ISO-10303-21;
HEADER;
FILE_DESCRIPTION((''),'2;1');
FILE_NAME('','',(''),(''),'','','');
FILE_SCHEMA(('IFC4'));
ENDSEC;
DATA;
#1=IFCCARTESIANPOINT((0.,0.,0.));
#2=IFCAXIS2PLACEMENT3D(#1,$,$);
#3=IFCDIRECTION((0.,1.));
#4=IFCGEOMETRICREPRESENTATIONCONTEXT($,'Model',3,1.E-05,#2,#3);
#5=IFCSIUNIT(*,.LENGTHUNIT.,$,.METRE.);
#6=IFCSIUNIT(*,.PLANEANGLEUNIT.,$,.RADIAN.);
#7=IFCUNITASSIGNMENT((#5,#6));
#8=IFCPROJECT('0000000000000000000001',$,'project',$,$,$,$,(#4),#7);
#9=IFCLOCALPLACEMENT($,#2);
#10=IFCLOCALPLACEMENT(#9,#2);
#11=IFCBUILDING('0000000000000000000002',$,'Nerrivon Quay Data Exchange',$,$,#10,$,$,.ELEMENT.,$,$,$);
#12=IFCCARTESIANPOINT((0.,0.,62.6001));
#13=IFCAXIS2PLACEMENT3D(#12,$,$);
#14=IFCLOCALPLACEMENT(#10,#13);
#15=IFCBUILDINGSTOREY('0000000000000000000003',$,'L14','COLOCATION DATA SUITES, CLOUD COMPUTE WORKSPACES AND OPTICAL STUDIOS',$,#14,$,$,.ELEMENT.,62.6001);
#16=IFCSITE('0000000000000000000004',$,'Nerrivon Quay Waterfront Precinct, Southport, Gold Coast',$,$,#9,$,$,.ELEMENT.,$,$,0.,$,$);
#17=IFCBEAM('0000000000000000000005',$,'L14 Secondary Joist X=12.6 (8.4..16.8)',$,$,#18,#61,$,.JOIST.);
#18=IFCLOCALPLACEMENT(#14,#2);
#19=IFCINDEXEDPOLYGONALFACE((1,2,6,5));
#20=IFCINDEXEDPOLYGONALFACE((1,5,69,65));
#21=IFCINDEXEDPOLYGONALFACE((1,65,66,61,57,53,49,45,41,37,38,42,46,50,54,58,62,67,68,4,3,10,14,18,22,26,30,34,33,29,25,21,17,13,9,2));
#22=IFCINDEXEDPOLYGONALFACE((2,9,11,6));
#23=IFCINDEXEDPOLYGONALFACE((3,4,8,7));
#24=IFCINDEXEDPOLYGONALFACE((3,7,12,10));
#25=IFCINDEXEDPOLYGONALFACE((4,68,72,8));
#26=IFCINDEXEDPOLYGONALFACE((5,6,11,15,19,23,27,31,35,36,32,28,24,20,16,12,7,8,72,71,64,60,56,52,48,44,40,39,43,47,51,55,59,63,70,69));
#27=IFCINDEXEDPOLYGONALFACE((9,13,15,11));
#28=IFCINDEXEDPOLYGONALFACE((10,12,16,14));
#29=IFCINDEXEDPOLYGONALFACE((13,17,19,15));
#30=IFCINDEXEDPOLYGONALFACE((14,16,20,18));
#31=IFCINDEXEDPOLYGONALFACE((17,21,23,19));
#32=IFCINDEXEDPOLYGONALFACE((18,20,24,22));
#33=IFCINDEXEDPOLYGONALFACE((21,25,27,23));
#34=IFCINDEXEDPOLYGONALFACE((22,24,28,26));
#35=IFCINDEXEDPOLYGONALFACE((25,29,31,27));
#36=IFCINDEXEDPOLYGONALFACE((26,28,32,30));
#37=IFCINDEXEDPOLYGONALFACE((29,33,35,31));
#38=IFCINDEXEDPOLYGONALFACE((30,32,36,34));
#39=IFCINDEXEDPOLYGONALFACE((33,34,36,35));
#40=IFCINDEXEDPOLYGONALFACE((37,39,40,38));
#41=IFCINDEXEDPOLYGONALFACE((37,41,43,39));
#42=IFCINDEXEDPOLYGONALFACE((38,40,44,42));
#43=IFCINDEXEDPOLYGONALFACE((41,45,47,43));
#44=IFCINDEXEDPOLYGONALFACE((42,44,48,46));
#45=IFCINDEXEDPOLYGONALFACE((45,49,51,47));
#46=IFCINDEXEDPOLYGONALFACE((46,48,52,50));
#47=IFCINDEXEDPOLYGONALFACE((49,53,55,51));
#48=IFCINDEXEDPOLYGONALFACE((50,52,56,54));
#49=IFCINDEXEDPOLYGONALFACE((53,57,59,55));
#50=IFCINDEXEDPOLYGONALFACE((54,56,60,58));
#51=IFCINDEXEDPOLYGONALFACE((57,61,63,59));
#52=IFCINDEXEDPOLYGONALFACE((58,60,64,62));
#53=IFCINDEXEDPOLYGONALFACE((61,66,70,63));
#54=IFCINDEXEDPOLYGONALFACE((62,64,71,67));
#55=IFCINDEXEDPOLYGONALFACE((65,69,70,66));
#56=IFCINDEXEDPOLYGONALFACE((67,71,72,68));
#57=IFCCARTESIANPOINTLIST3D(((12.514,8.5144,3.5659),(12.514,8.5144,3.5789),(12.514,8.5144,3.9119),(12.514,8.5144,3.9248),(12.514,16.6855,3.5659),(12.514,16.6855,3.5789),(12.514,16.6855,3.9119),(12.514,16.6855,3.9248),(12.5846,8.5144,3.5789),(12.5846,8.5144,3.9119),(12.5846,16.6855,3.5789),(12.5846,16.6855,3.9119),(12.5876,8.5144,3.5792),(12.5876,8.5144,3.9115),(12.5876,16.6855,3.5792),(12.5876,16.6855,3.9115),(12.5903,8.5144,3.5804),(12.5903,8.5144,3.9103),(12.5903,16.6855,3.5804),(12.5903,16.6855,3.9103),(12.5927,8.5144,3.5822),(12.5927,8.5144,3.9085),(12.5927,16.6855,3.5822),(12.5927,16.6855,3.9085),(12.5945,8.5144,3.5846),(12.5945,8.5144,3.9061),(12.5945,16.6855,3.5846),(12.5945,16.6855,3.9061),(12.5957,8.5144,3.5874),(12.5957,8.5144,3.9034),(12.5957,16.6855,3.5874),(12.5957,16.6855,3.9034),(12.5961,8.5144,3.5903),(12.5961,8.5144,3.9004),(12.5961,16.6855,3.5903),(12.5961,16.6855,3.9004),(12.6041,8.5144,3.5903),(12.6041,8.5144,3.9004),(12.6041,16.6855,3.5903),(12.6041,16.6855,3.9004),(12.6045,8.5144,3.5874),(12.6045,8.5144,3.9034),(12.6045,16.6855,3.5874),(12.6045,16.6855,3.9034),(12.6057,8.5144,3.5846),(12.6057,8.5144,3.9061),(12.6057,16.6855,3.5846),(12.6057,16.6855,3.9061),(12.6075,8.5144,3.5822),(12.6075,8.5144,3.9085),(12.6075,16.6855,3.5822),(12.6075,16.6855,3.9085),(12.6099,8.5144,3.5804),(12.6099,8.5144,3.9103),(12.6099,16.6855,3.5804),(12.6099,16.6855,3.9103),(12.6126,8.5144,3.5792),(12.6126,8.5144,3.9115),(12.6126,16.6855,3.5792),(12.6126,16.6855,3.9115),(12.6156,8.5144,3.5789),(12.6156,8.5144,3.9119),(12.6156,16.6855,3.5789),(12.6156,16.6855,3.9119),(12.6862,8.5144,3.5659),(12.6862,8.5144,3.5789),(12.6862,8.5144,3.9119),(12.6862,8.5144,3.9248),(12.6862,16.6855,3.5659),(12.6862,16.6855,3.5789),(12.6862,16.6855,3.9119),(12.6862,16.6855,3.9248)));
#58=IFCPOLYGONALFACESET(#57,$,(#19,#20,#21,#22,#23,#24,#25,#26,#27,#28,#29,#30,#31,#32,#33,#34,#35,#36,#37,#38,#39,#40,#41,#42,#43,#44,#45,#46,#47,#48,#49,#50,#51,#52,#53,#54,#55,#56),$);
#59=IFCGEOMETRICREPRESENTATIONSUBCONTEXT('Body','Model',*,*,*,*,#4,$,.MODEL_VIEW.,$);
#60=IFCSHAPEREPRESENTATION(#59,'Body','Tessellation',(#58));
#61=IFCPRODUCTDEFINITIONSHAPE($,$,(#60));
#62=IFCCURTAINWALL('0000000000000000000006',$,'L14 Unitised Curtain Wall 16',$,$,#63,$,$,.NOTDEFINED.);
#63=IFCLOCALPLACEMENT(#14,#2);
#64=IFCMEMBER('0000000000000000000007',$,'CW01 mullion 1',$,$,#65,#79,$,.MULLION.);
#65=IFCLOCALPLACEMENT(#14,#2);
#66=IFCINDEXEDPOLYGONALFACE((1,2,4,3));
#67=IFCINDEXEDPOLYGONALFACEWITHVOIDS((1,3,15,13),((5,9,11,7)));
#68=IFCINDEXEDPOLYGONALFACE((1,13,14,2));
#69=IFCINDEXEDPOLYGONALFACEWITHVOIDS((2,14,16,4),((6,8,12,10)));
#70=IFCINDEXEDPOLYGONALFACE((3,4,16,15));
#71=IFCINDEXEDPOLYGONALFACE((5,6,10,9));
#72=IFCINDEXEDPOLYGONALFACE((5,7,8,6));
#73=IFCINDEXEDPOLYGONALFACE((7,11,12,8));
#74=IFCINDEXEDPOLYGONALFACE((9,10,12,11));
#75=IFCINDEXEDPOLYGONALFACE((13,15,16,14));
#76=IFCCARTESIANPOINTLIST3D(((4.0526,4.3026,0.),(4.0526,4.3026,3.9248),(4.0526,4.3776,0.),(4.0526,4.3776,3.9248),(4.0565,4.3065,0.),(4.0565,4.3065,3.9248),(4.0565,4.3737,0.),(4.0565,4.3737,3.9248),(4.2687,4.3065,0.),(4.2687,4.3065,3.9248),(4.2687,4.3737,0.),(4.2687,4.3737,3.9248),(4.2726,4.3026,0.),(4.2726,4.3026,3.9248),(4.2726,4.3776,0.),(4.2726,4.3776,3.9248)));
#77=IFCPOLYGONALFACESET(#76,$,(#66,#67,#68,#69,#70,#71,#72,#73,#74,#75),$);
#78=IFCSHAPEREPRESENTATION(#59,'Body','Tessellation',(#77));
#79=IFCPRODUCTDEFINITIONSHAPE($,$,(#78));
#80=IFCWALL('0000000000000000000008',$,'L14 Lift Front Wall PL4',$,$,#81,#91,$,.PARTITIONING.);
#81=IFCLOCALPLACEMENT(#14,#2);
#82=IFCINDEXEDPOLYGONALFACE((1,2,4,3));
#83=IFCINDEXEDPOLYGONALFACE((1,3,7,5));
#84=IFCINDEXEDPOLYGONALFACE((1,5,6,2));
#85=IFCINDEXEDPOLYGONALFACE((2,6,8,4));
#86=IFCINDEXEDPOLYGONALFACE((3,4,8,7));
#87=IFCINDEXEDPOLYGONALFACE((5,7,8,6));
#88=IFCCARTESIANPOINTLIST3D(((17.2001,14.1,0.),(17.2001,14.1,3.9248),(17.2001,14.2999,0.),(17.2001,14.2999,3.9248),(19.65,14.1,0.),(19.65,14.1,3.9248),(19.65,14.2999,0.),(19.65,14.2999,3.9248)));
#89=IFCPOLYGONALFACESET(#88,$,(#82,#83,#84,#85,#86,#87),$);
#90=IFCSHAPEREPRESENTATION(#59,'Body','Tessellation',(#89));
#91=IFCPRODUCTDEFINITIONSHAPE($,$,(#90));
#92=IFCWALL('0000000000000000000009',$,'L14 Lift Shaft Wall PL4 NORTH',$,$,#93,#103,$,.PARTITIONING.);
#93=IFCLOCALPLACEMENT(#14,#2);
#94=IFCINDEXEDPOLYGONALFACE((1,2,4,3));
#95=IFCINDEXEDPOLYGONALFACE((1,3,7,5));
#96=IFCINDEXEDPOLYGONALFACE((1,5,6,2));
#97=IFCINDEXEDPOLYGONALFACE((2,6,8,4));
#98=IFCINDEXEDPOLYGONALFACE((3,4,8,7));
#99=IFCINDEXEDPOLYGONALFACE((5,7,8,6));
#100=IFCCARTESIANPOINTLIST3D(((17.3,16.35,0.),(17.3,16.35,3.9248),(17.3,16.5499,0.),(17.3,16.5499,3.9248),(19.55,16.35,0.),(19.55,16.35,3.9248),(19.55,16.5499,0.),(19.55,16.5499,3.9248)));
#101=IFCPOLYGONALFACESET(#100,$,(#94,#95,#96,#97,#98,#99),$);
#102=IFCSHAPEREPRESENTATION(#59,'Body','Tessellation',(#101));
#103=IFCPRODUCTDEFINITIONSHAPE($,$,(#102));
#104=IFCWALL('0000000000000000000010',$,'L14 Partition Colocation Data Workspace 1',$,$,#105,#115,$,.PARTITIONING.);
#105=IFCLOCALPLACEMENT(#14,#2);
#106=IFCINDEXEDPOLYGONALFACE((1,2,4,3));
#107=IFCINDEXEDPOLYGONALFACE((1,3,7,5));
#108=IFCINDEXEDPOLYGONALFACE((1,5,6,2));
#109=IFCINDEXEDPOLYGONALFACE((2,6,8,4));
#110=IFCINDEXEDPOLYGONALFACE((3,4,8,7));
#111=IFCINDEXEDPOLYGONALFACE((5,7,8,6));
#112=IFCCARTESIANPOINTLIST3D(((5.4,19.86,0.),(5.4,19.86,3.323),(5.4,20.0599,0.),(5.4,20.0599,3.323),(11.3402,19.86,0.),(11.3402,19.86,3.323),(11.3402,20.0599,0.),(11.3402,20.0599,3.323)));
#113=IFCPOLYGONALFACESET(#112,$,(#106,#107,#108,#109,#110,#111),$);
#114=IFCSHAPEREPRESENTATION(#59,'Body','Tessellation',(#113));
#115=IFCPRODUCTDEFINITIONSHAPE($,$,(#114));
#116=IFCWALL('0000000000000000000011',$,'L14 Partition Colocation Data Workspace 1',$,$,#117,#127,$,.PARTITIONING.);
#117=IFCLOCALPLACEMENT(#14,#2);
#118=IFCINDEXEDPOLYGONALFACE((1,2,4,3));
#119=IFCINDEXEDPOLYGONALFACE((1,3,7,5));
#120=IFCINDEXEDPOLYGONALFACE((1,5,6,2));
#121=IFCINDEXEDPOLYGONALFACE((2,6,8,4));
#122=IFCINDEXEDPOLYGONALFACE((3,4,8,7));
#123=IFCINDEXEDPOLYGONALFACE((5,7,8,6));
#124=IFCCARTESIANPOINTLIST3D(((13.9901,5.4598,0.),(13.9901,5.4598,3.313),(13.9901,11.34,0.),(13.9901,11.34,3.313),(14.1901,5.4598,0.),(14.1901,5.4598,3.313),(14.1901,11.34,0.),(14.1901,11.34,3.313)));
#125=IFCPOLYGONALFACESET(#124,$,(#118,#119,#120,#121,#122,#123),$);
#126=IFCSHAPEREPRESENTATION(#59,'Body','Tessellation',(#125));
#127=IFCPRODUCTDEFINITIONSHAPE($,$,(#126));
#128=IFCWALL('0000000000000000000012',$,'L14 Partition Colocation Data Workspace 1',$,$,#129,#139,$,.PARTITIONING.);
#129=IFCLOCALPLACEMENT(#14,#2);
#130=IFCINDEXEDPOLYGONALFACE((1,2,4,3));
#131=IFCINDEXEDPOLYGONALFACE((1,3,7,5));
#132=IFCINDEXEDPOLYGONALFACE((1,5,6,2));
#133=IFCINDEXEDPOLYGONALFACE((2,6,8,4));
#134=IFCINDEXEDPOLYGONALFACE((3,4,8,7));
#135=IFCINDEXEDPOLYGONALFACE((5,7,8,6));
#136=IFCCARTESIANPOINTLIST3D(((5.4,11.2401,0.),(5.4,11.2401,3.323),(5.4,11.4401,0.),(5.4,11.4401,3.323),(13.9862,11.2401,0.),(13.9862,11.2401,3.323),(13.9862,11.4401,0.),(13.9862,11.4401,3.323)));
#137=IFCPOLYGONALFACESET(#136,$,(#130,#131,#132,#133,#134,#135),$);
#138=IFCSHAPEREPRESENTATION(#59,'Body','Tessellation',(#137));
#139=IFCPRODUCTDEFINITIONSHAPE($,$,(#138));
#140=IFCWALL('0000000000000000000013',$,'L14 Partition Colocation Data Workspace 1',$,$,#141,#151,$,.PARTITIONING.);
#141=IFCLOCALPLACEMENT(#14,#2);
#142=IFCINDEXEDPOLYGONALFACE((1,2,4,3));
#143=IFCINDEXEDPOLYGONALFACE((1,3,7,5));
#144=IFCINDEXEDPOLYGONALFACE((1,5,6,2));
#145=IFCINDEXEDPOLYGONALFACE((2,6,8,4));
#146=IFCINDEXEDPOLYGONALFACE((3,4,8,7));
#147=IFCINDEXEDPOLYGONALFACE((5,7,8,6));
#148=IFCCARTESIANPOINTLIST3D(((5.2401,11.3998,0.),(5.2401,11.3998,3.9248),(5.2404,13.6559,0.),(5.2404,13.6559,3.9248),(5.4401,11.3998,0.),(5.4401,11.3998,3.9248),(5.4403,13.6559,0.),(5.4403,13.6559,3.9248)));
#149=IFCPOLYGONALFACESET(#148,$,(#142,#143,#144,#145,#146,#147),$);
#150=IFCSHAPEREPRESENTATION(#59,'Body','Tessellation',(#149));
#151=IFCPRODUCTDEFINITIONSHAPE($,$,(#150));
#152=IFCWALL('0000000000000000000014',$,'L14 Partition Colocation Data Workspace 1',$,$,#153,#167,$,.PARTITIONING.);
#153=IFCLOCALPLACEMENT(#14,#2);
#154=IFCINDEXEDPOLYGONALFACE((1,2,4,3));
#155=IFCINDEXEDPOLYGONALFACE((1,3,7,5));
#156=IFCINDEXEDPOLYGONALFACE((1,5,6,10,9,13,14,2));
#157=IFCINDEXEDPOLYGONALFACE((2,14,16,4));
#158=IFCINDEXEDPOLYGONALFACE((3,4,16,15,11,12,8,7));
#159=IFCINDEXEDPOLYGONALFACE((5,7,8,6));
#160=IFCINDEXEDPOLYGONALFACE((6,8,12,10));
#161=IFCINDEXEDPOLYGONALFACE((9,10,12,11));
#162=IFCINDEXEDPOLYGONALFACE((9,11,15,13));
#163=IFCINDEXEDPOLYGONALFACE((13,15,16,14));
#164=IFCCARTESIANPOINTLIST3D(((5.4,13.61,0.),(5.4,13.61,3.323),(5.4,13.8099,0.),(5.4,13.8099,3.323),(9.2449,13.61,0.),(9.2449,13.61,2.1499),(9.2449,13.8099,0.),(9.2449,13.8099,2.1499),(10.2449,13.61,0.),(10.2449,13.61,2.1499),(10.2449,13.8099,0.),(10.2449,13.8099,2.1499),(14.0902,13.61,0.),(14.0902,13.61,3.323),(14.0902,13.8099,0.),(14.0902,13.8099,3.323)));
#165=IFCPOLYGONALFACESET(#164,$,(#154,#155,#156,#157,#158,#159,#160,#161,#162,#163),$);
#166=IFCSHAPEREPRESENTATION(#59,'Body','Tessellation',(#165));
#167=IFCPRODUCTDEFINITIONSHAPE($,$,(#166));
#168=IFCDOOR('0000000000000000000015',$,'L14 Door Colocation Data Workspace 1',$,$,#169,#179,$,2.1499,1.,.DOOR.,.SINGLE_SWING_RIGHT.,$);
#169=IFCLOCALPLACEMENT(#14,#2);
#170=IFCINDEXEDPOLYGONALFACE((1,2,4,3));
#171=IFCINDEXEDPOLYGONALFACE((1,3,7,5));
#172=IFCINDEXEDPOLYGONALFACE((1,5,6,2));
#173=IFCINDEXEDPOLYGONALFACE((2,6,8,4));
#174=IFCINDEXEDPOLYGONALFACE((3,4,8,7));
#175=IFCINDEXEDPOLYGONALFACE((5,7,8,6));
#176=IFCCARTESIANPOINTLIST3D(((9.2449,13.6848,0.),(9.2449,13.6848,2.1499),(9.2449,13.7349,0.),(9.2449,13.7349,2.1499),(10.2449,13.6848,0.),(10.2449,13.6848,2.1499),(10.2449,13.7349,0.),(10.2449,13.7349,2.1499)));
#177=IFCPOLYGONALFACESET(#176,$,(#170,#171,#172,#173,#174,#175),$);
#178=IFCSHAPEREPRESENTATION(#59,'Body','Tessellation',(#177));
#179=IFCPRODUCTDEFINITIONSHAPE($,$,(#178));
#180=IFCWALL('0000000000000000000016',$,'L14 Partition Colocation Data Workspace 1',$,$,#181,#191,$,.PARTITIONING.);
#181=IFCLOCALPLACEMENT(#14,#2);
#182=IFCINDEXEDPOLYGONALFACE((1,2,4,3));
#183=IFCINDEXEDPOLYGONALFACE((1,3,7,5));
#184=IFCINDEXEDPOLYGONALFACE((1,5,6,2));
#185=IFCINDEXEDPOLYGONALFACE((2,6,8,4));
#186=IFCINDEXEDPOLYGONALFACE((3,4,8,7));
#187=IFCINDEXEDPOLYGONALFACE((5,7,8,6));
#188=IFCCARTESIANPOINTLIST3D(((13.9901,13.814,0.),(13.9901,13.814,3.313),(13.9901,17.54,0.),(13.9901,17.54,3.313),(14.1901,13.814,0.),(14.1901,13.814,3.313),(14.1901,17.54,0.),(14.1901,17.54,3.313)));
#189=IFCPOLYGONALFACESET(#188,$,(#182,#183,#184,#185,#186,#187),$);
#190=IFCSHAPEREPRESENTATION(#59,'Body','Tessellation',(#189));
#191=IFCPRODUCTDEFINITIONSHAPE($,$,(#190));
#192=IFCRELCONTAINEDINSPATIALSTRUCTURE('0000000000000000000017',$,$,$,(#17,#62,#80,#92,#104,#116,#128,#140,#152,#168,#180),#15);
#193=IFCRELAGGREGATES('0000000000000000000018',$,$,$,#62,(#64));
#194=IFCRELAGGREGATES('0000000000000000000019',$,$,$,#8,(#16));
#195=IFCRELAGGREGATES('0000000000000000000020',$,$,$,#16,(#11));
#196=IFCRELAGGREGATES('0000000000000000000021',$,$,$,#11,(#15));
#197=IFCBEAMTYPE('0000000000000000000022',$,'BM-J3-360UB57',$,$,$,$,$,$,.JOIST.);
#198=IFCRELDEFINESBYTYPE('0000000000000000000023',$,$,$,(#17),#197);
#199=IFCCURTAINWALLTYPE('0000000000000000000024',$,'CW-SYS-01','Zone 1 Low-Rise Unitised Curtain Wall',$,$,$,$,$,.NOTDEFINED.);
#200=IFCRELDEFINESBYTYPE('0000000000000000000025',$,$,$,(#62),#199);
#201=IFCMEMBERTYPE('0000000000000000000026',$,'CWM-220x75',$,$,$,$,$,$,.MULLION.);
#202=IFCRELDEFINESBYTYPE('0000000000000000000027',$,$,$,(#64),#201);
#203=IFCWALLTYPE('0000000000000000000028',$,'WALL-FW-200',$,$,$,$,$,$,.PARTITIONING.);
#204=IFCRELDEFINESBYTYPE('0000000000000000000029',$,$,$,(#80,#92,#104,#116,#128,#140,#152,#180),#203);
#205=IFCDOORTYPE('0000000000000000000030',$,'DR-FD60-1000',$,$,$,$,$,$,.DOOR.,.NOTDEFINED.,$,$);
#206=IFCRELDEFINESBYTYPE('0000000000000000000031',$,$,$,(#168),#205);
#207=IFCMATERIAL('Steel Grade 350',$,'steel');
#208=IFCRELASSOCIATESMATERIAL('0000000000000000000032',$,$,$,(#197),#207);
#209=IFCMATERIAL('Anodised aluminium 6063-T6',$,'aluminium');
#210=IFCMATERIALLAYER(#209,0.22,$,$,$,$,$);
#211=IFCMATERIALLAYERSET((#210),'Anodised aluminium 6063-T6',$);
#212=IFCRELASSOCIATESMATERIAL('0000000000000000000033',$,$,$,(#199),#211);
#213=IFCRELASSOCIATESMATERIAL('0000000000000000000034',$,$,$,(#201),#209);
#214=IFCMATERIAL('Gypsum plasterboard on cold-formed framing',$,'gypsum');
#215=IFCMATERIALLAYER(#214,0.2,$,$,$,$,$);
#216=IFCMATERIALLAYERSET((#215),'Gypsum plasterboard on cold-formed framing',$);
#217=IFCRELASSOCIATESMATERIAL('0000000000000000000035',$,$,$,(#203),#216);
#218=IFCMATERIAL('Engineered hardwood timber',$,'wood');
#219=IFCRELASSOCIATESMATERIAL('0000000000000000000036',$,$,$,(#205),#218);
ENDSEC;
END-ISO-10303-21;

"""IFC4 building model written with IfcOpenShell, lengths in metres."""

from ifc_helpers import new_model, si_unit, direction, frame, frame_2d, origin, origin_2d, place, context, subcontext, project, spatial, rectangle, hollow_rectangle, i_section, extrude, material, layer, layer_set, material_profile, profile_set, type_object, element, fill, aggregate, save


model = new_model("IFC4")

# Units and contexts
model_context = context("Model", 3, precision=1e-05, world=origin(), true_north=direction((0.0, 1.0)))
body_context = subcontext(model_context, "Body", "Model", "MODEL_VIEW")
ifc_project = project(units=[si_unit("LENGTHUNIT", "METRE"), si_unit("PLANEANGLEUNIT", "RADIAN")], contexts=[model_context])

# Site, building, storey
site_placement = place(None, origin())
site = spatial("IfcSite", under=ifc_project, at=site_placement, Name="Nerrivon Quay Waterfront Precinct, Southport, Gold Coast", CompositionType="ELEMENT", RefElevation=0.0)
building_placement = place(site_placement, origin())
building = spatial("IfcBuilding", under=site, at=building_placement, Name="Nerrivon Quay Data Exchange", CompositionType="ELEMENT")
storey_placement = place(building_placement, frame((0.0, 0.0, 62.6001)))
storey = spatial("IfcBuildingStorey", under=building, at=storey_placement, Name="L14", Description="COLOCATION DATA SUITES, CLOUD COMPUTE WORKSPACES AND OPTICAL STUDIOS", CompositionType="ELEMENT", Elevation=62.6001)

# Shared definitions
ifc_material_1 = material(Name="Steel Grade 350", Category="steel")

# Beam
ifc_material_profile_1 = material_profile(ifc_material_1, i_section(OverallWidth=0.1721, OverallDepth=0.3589, WebThickness=0.0081, FlangeThickness=0.0129, FilletRadius=0.0115, at=origin_2d()), Name="360UB56.7")
ifc_profile_set_1 = profile_set([ifc_material_profile_1], Name="Steel Grade 350")
beam_type_1 = type_object("IfcBeamType", Name="BM-J3-360UB57", PredefinedType="JOIST", material=ifc_profile_set_1)
beam_1_placement = place(storey_placement, frame((12.6001, 8.5144, 3.7454), z_axis=(0.0, 1.0, 0.0), x_axis=(-1.0, 0.0, 0.0)))
element("IfcBeam", 1, at=beam_1_placement, inside=storey, type_object=beam_type_1, Name="L14 Secondary Joist X=12.6 (8.4..16.8)", PredefinedType="JOIST", context=body_context, shape_type="SweptSolid", body=[
    extrude(i_section(OverallWidth=0.1721, OverallDepth=0.3589, WebThickness=0.0081, FlangeThickness=0.0129, FilletRadius=0.0115, at=origin_2d()), origin(), (0.0, 0.0, 1.0), 8.1711),
])

# Curtain wall, member
ifc_material_2 = material(Name="Anodised aluminium 6063-T6", Category="aluminium")
ifc_layer_1 = layer(ifc_material_2, 0.22)
ifc_layer_set_1 = layer_set([ifc_layer_1], Name="Anodised aluminium 6063-T6")
curtain_wall_type = type_object("IfcCurtainWallType", Name="CW-SYS-01", Description="Zone 1 Low-Rise Unitised Curtain Wall", PredefinedType="NOTDEFINED", material=ifc_layer_set_1)
curtain_wall_placement = place(storey_placement, origin())
curtain_wall = element("IfcCurtainWall", 2, at=curtain_wall_placement, inside=storey, type_object=curtain_wall_type, Name="L14 Unitised Curtain Wall 16", PredefinedType="NOTDEFINED")
ifc_material_profile_2 = material_profile(ifc_material_2, hollow_rectangle(XDim=0.075, YDim=0.22, WallThickness=0.0039, at=origin_2d()), Name="ALU-MULL-220x75")
ifc_profile_set_2 = profile_set([ifc_material_profile_2], Name="Anodised aluminium 6063-T6")
member_type = type_object("IfcMemberType", Name="CWM-220x75", PredefinedType="MULLION", material=ifc_profile_set_2)
member_placement = place(storey_placement, frame((4.1626, 4.3401, 0.0), z_axis=(0.0, 0.0, 1.0), x_axis=(0.0, -1.0, 0.0)))
member = element("IfcMember", 3, at=member_placement, type_object=member_type, Name="CW01 mullion 1", PredefinedType="MULLION", context=body_context, shape_type="SweptSolid", body=[
    extrude(hollow_rectangle(XDim=0.075, YDim=0.22, WallThickness=0.0039, at=origin_2d()), origin(), (0.0, 0.0, 1.0), 3.9248),
])
aggregate(curtain_wall, [member])

# Walls
ifc_material_3 = material(Name="Gypsum plasterboard on cold-formed framing", Category="gypsum")
ifc_layer_2 = layer(ifc_material_3, 0.2)
ifc_layer_set_2 = layer_set([ifc_layer_2], Name="Gypsum plasterboard on cold-formed framing")
wall_type_1 = type_object("IfcWallType", Name="WALL-FW-200", PredefinedType="PARTITIONING", material=ifc_layer_set_2)
wall_1_placement = place(storey_placement, frame((17.2, 14.2, 0.0), z_axis=(0.0, 0.0, 1.0), x_axis=(1.0, 0.0, 0.0)))
element("IfcWall", 4, at=wall_1_placement, inside=storey, type_object=wall_type_1, Name="L14 Lift Front Wall PL4", PredefinedType="PARTITIONING", context=body_context, shape_type="SweptSolid", body=[
    extrude(rectangle(XDim=2.45, YDim=0.2, at=frame_2d((1.2251, 0.0))), origin(), (0.0, 0.0, 1.0), 3.9248),
])
wall_2_placement = place(storey_placement, frame((17.3, 16.45, 0.0), z_axis=(0.0, 0.0, 1.0), x_axis=(1.0, 0.0, 0.0)))
element("IfcWall", 5, at=wall_2_placement, inside=storey, type_object=wall_type_1, Name="L14 Lift Shaft Wall PL4 NORTH", PredefinedType="PARTITIONING", context=body_context, shape_type="SweptSolid", body=[
    extrude(rectangle(XDim=2.25, YDim=0.2, at=frame_2d((1.125, 0.0))), origin(), (0.0, 0.0, 1.0), 3.9248),
])
wall_3_placement = place(storey_placement, frame((5.3999, 19.96, 0.0), z_axis=(0.0, 0.0, 1.0), x_axis=(1.0, 0.0, 0.0)))
element("IfcWall", 6, at=wall_3_placement, inside=storey, type_object=wall_type_1, Name="L14 Partition Colocation Data Workspace 1", PredefinedType="PARTITIONING", context=body_context, shape_type="SweptSolid", body=[
    extrude(rectangle(XDim=5.9402, YDim=0.2, at=frame_2d((2.9702, 0.0))), origin(), (0.0, 0.0, 1.0), 3.323),
])
wall_4_placement = place(storey_placement, frame((14.0901, 5.46, 0.0), z_axis=(0.0, 0.0, 1.0), x_axis=(0.0, 1.0, 0.0)))
element("IfcWall", 7, at=wall_4_placement, inside=storey, type_object=wall_type_1, Name="L14 Partition Colocation Data Workspace 1", PredefinedType="PARTITIONING", context=body_context, shape_type="SweptSolid", body=[
    extrude(rectangle(XDim=5.8801, YDim=0.2, at=frame_2d((2.9399, 0.0))), origin(), (0.0, 0.0, 1.0), 3.313),
])
wall_5_placement = place(storey_placement, frame((13.9861, 11.3401, 0.0), z_axis=(0.0, 0.0, 1.0), x_axis=(-1.0, 0.0, 0.0)))
element("IfcWall", 8, at=wall_5_placement, inside=storey, type_object=wall_type_1, Name="L14 Partition Colocation Data Workspace 1", PredefinedType="PARTITIONING", context=body_context, shape_type="SweptSolid", body=[
    extrude(rectangle(XDim=8.5862, YDim=0.2, at=frame_2d((4.293, 0.0))), origin(), (0.0, 0.0, 1.0), 3.323),
])
wall_6_placement = place(storey_placement, frame((5.3401, 11.3999, 0.0), z_axis=(0.0, 0.0, 1.0), x_axis=(0.000108, 1.0, 0.0)))
element("IfcWall", 9, at=wall_6_placement, inside=storey, type_object=wall_type_1, Name="L14 Partition Colocation Data Workspace 1", PredefinedType="PARTITIONING", context=body_context, shape_type="SweptSolid", body=[
    extrude(rectangle(XDim=2.2561, YDim=0.2, at=frame_2d((1.1279, 0.0))), origin(), (0.0, 0.0, 1.0), 3.9248),
])

# Wall, opening, door
wall_7_placement = place(storey_placement, frame((5.3999, 13.71, 0.0), z_axis=(0.0, 0.0, 1.0), x_axis=(1.0, 0.0, 0.0)))
wall_7 = element("IfcWall", 10, at=wall_7_placement, inside=storey, type_object=wall_type_1, Name="L14 Partition Colocation Data Workspace 1", PredefinedType="PARTITIONING", context=body_context, shape_type="SweptSolid", body=[
    extrude(rectangle(XDim=8.6902, YDim=0.2, at=frame_2d((4.3452, 0.0))), origin(), (0.0, 0.0, 1.0), 3.323),
])
opening_1_placement = place(wall_7_placement, frame((3.845, 0.0, 0.0)))
opening_1 = element("IfcOpeningElement", 11, at=opening_1_placement, cuts=wall_7, PredefinedType="OPENING", context=body_context, shape_type="SweptSolid", body=[
    extrude(rectangle(XDim=1.0, YDim=2.1499, at=frame_2d((0.5, 1.075))), frame((0.0, 0.1099, 0.0), z_axis=(0.0, -1.0, 0.0), x_axis=(1.0, 0.0, 0.0)), (0.0, 0.0, 1.0), 0.22),
])
ifc_material_4 = material(Name="Engineered hardwood timber", Category="wood")
door_type_1 = type_object("IfcDoorType", Name="DR-FD60-1000", OperationType="NOTDEFINED", PredefinedType="DOOR", material=ifc_material_4)
door_1_placement = place(opening_1_placement, origin())
door_1 = element("IfcDoor", 12, at=door_1_placement, inside=storey, type_object=door_type_1, Name="L14 Door Colocation Data Workspace 1", OperationType="SINGLE_SWING_RIGHT", OverallHeight=2.1499, OverallWidth=1.0, PredefinedType="DOOR", context=body_context, shape_type="SweptSolid", body=[
    extrude(rectangle(XDim=1.0, YDim=2.1499, at=frame_2d((0.5, 1.075))), frame((0.0, 0.0249, 0.0), z_axis=(0.0, -1.0, 0.0), x_axis=(1.0, 0.0, 0.0)), (0.0, 0.0, 1.0), 0.05),
])
fill(opening_1, door_1)

# Wall
wall_8_placement = place(storey_placement, frame((14.0901, 13.814, 0.0), z_axis=(0.0, 0.0, 1.0), x_axis=(0.0, 1.0, 0.0)))
element("IfcWall", 13, at=wall_8_placement, inside=storey, type_object=wall_type_1, Name="L14 Partition Colocation Data Workspace 1", PredefinedType="PARTITIONING", context=body_context, shape_type="SweptSolid", body=[
    extrude(rectangle(XDim=3.7261, YDim=0.2, at=frame_2d((1.863, 0.0))), origin(), (0.0, 0.0, 1.0), 3.313),
])

save(model, "model.ifc")
